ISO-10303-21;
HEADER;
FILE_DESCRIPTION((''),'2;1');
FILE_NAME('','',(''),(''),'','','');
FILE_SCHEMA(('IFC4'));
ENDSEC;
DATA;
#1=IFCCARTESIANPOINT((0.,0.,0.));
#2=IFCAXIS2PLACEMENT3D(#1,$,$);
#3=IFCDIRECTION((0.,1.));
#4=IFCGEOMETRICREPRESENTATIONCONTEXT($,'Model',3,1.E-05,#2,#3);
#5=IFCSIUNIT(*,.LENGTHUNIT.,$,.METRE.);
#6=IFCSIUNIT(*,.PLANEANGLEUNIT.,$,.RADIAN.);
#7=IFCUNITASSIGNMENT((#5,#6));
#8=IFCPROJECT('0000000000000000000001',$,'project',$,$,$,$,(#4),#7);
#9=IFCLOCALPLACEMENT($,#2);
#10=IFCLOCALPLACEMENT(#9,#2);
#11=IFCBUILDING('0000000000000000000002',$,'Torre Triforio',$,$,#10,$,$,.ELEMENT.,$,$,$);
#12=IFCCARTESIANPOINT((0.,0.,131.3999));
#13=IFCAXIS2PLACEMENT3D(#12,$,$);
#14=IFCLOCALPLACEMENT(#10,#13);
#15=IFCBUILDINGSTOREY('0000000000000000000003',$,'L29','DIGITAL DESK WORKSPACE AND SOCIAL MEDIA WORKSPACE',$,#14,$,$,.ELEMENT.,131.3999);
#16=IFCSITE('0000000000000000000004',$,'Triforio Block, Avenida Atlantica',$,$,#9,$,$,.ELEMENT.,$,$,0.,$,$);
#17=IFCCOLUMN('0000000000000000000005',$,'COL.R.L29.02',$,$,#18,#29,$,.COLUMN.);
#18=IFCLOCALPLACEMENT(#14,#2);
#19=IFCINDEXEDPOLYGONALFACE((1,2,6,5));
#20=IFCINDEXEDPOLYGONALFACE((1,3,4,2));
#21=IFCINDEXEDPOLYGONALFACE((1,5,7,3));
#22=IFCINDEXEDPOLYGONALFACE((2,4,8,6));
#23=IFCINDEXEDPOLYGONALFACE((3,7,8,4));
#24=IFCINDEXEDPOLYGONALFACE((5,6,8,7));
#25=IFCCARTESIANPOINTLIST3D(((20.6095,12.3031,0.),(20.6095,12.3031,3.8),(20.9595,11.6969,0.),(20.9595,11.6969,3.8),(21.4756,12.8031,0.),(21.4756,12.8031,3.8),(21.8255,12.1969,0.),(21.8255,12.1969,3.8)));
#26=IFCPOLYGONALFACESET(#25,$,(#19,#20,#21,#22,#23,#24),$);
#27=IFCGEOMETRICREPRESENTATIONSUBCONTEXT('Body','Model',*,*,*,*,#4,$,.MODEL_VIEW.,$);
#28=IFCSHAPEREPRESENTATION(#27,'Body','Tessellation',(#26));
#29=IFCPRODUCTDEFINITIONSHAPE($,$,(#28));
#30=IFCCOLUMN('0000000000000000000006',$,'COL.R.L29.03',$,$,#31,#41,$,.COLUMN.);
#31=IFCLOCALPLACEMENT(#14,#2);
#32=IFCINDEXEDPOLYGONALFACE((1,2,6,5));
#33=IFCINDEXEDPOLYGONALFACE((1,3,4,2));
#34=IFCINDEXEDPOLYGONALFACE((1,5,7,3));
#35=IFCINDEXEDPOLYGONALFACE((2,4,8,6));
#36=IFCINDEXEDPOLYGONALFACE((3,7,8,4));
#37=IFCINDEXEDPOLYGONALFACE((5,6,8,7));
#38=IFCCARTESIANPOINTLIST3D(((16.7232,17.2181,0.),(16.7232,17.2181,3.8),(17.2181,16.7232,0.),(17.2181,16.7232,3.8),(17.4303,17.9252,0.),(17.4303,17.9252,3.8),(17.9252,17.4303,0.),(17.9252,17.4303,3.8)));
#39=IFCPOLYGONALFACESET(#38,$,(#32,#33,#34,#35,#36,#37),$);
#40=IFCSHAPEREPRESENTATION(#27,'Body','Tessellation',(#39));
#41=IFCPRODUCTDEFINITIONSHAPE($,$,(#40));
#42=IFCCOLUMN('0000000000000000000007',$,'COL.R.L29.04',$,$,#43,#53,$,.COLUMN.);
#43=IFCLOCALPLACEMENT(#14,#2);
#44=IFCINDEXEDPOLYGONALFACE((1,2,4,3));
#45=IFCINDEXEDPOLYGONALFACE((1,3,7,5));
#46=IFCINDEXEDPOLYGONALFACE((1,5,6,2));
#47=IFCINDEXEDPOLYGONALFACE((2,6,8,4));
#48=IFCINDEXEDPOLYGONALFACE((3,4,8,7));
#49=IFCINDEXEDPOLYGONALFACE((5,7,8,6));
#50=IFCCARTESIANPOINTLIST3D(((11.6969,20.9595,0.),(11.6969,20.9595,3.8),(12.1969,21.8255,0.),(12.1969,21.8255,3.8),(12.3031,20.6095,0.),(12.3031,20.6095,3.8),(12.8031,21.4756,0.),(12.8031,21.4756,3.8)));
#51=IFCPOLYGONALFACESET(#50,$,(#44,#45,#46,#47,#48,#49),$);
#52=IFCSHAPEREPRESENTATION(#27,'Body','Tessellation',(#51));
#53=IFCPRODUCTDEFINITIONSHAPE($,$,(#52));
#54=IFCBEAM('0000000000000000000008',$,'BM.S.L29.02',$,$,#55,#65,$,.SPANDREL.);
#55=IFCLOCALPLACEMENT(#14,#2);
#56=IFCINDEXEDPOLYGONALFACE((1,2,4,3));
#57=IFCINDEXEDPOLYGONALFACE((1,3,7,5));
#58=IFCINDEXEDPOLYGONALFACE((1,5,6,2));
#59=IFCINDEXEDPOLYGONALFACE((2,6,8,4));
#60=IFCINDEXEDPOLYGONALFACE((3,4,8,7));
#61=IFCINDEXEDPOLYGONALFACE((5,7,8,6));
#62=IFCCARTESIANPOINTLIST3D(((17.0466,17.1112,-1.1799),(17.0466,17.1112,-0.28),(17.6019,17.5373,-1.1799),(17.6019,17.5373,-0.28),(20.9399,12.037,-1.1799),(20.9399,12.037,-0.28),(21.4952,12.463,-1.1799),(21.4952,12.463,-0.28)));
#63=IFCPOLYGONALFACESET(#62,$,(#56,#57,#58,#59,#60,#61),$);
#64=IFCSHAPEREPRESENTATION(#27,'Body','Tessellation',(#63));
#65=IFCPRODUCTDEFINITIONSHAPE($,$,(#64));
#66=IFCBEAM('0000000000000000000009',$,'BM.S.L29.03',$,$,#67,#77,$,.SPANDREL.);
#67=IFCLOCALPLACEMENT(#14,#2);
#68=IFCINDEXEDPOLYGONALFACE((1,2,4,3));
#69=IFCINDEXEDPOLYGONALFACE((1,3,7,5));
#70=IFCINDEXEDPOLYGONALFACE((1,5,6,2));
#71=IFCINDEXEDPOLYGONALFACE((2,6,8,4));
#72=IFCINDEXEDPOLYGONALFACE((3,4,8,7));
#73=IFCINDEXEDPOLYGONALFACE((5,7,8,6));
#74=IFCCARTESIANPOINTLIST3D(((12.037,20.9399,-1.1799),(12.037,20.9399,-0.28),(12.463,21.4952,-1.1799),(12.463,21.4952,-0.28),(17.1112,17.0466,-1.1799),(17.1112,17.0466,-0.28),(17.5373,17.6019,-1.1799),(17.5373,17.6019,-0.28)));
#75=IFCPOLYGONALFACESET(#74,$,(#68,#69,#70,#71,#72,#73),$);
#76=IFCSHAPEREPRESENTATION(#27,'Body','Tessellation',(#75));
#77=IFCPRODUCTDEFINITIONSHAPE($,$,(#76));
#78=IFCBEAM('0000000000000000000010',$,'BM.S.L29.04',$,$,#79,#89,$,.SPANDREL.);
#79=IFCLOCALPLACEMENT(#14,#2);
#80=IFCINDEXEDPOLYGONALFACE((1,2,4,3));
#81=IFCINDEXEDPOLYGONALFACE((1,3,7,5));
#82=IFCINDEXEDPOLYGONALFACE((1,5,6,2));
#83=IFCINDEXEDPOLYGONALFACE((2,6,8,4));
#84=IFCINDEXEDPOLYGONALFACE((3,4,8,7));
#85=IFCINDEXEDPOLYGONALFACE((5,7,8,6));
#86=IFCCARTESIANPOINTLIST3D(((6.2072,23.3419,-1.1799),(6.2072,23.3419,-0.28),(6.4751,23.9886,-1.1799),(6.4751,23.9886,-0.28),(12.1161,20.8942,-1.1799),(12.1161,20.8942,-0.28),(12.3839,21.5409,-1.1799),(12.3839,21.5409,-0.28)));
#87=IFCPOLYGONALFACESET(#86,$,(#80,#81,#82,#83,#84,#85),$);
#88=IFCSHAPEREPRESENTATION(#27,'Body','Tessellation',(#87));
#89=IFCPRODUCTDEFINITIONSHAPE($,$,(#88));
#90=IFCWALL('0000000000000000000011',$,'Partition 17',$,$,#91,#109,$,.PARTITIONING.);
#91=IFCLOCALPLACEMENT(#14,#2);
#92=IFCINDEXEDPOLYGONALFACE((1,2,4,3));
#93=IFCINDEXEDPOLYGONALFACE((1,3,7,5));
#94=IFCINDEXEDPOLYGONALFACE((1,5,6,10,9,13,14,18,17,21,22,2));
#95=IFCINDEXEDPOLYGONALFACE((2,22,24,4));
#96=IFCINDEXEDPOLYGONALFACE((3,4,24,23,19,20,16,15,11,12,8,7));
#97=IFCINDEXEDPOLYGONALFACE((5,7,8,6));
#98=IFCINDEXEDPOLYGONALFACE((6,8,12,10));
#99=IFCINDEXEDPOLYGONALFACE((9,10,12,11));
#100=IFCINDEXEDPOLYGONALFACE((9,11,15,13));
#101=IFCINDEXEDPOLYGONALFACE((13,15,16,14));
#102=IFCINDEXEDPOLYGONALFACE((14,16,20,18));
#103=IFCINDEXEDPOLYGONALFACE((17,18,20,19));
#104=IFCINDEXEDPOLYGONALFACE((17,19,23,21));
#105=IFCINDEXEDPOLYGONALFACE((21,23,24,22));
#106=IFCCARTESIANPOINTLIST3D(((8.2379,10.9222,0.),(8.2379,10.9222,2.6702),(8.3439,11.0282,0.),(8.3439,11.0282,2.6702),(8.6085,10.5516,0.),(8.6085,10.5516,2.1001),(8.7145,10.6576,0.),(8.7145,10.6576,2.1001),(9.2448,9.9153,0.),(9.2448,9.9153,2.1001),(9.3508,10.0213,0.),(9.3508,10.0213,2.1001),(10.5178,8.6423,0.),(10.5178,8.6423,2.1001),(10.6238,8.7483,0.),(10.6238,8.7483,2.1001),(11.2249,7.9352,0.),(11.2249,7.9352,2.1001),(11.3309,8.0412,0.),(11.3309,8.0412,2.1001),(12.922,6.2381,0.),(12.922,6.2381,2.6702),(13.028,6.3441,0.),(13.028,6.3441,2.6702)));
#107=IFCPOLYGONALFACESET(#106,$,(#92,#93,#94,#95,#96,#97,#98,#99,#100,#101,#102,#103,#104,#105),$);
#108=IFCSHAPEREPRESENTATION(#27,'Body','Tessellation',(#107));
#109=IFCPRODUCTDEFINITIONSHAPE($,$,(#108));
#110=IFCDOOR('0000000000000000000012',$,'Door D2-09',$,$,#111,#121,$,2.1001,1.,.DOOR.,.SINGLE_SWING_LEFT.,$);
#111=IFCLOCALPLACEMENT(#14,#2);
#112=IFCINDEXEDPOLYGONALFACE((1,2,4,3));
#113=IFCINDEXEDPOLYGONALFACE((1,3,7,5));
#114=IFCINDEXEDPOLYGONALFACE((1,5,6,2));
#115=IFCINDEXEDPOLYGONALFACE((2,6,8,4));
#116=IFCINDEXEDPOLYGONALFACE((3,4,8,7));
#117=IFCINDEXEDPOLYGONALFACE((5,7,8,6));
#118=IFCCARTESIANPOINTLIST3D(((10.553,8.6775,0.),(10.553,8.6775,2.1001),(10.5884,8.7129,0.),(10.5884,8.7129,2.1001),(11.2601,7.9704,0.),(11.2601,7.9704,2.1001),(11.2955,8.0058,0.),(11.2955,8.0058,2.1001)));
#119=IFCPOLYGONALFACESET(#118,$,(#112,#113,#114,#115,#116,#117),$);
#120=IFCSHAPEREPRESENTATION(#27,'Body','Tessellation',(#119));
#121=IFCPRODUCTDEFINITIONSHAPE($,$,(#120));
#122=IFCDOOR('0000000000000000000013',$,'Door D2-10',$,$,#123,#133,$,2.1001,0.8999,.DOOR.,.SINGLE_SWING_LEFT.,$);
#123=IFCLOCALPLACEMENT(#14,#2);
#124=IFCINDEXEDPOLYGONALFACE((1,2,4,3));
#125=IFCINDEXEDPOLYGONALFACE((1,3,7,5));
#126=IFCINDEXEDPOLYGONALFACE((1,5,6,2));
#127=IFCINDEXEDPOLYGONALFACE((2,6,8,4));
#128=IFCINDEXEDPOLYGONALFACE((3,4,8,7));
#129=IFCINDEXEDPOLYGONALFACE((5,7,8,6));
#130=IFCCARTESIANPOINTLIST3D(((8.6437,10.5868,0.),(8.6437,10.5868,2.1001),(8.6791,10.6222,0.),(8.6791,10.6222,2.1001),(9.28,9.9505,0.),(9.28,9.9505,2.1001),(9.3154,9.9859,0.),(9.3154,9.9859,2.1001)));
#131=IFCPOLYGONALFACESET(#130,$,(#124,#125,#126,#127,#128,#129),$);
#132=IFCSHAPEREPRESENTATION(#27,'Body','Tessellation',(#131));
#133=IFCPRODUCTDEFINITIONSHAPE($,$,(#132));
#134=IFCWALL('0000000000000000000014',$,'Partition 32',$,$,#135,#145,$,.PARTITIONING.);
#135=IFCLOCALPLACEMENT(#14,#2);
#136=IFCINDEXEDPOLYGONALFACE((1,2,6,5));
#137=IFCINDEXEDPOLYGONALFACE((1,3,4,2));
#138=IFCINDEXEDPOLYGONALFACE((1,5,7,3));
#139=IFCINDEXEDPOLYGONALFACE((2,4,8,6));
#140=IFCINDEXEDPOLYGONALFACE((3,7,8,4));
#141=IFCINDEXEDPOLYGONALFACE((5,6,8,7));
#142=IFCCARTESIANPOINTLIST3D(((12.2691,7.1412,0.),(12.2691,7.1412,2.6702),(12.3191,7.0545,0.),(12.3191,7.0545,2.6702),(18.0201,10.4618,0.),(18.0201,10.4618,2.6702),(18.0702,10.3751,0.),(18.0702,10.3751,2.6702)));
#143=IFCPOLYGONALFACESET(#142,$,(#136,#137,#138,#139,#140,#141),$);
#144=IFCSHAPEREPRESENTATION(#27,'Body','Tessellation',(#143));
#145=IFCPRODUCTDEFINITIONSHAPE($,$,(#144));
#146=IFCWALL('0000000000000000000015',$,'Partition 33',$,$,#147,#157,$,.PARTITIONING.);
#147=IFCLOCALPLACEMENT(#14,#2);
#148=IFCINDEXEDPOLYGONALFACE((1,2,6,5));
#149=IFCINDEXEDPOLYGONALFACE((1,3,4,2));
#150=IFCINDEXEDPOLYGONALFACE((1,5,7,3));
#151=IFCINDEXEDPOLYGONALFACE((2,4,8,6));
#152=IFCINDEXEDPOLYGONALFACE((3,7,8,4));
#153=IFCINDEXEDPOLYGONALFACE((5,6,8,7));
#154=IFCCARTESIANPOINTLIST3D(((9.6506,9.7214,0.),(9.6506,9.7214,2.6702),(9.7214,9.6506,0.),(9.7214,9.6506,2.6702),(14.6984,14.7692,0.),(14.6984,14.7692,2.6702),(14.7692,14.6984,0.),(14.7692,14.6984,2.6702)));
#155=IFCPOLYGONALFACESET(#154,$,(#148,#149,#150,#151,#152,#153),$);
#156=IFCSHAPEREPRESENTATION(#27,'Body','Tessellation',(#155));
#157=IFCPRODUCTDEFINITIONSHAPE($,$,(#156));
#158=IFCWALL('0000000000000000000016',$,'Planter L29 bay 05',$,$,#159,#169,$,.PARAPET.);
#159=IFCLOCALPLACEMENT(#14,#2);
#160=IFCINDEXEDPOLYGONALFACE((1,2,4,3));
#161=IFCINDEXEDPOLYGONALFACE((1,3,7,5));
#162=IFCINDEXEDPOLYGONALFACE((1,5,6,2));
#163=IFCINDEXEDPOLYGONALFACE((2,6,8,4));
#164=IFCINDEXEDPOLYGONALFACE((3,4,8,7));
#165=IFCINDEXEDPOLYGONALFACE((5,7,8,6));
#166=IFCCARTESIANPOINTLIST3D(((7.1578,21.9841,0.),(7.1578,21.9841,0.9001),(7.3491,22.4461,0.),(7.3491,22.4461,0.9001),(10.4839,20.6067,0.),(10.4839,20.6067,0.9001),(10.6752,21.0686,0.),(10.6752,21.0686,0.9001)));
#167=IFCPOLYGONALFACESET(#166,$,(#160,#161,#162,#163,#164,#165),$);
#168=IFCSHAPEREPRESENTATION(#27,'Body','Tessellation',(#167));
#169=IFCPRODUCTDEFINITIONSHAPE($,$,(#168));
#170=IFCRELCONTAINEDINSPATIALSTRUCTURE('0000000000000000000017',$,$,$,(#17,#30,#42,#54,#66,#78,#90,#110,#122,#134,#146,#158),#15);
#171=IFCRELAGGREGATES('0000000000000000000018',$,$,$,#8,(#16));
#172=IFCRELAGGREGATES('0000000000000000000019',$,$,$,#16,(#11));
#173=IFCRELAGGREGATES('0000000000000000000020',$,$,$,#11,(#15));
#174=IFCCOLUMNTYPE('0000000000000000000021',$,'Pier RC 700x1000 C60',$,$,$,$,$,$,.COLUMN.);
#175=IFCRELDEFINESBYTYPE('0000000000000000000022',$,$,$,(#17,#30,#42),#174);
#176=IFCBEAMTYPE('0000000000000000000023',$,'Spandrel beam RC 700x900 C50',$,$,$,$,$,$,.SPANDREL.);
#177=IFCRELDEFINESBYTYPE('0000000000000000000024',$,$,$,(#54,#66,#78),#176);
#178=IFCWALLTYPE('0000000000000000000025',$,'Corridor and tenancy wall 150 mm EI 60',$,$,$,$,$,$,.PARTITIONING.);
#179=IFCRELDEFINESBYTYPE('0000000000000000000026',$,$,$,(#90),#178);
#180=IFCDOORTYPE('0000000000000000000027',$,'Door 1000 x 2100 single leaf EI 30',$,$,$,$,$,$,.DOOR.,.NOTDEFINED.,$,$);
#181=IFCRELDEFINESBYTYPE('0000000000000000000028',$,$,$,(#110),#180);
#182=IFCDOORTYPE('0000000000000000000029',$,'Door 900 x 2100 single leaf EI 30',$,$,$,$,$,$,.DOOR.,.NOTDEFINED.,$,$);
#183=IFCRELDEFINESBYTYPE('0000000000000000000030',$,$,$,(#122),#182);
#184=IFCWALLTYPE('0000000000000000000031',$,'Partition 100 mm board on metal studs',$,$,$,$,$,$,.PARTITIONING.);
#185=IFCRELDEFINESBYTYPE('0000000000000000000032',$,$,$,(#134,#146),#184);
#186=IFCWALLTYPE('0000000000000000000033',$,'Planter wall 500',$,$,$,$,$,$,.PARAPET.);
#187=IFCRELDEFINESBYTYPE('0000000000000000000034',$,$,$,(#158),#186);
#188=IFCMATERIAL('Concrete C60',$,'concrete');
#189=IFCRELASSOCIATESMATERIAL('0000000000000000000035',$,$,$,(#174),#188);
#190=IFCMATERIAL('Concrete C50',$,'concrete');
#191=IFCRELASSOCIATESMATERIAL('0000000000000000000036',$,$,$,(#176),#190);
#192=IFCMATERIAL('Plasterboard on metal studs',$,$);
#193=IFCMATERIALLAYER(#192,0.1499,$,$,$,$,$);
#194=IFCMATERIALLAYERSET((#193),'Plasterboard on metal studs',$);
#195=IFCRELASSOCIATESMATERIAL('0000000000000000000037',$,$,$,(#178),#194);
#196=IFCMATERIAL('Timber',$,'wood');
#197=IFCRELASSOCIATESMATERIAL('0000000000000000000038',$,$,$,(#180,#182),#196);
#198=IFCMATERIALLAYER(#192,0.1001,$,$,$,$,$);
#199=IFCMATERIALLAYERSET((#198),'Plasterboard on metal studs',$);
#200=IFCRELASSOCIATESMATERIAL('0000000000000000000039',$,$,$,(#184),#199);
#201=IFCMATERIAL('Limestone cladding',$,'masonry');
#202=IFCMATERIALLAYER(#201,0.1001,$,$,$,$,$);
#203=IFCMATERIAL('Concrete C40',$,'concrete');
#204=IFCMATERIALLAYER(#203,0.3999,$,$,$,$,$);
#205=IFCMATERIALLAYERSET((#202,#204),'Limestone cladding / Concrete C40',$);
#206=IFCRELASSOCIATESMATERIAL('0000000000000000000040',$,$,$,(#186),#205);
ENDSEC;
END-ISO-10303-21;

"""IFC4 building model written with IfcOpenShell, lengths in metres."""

from ifc_helpers import new_model, si_unit, direction, frame, frame_2d, origin, origin_2d, place, context, subcontext, project, spatial, rectangle, extrude, material, layer, layer_set, material_profile, profile_set, type_object, element, fill, save


model = new_model("IFC4")

# Units and contexts
model_context = context("Model", 3, precision=1e-05, world=origin(), true_north=direction((0.0, 1.0)))
body_context = subcontext(model_context, "Body", "Model", "MODEL_VIEW")
ifc_project = project(units=[si_unit("LENGTHUNIT", "METRE"), si_unit("PLANEANGLEUNIT", "RADIAN")], contexts=[model_context])

# Site, building, storey
site_placement = place(None, origin())
site = spatial("IfcSite", under=ifc_project, at=site_placement, Name="Triforio Block, Avenida Atlantica", CompositionType="ELEMENT", RefElevation=0.0)
building_placement = place(site_placement, origin())
building = spatial("IfcBuilding", under=site, at=building_placement, Name="Torre Triforio", CompositionType="ELEMENT")
storey_placement = place(building_placement, frame((0.0, 0.0, 131.3999)))
storey = spatial("IfcBuildingStorey", under=building, at=storey_placement, Name="L29", Description="DIGITAL DESK WORKSPACE AND SOCIAL MEDIA WORKSPACE", CompositionType="ELEMENT", Elevation=131.3999)

# Columns
ifc_material_1 = material(Name="Concrete C60", Category="concrete")
ifc_material_profile_1 = material_profile(ifc_material_1, rectangle(XDim=0.7, YDim=1.0, at=origin_2d()), Name="RC 700x1000")
ifc_profile_set_1 = profile_set([ifc_material_profile_1], Name="Concrete C60")
column_type = type_object("IfcColumnType", Name="Pier RC 700x1000 C60", PredefinedType="COLUMN", material=ifc_profile_set_1)
for number, where, z_axis, x_axis, name in (
    (1, (21.2175, 12.25, 0.0), (0.0, 0.0, 1.0), (-0.5, 0.866025, 0.0), "COL.R.L29.02"),
    (2, (17.3242, 17.3242, 0.0), (0.0, 0.0, 1.0), (-0.707107, 0.707107, 0.0), "COL.R.L29.03"),
    (3, (12.25, 21.2175, 0.0), (0.0, 0.0, 1.0), (-0.866025, 0.5, 0.0), "COL.R.L29.04"),
):
    element("IfcColumn", number, at=place(storey_placement, frame(where, z_axis=z_axis, x_axis=x_axis)), inside=storey, type_object=column_type, Name=name, PredefinedType="COLUMN", context=body_context, shape_type="SweptSolid", body=[
        extrude(rectangle(XDim=0.7, YDim=1.0, at=origin_2d()), origin(), (0.0, 0.0, 1.0), 3.8),
    ])

# Beams
ifc_material_2 = material(Name="Concrete C50", Category="concrete")
ifc_material_profile_2 = material_profile(ifc_material_2, rectangle(XDim=0.7, YDim=0.8999, at=origin_2d()), Name="RC 700x900")
ifc_profile_set_2 = profile_set([ifc_material_profile_2], Name="Concrete C50")
beam_type = type_object("IfcBeamType", Name="Spandrel beam RC 700x900 C50", PredefinedType="SPANDREL", material=ifc_profile_set_2)
for number, where, z_axis, x_axis, name in (
    (4, (21.2175, 12.25, -0.73), (-0.608734, 0.793374, 0.0), (-0.793374, -0.608734, 0.0), "BM.S.L29.02"),
    (5, (17.3242, 17.3242, -0.73), (-0.793374, 0.608734, 0.0), (-0.608734, -0.793374, 0.0), "BM.S.L29.03"),
    (6, (12.25, 21.2175, -0.73), (-0.923869, 0.382709, 0.0), (-0.382709, -0.923869, 0.0), "BM.S.L29.04"),
):
    element("IfcBeam", number, at=place(storey_placement, frame(where, z_axis=z_axis, x_axis=x_axis)), inside=storey, type_object=beam_type, Name=name, PredefinedType="SPANDREL", context=body_context, shape_type="SweptSolid", body=[
        extrude(rectangle(XDim=0.7, YDim=0.8999, at=origin_2d()), origin(), (0.0, 0.0, 1.0), 6.3958),
    ])

# Wall, openings, doors
ifc_material_3 = material(Name="Plasterboard on metal studs")
ifc_layer_1 = layer(ifc_material_3, 0.1499)
ifc_layer_set_1 = layer_set([ifc_layer_1], Name="Plasterboard on metal studs")
wall_type_1 = type_object("IfcWallType", Name="Corridor and tenancy wall 150 mm EI 60", PredefinedType="PARTITIONING", material=ifc_layer_set_1)
wall_1_placement = place(storey_placement, frame((8.291, 10.9751, 0.0), z_axis=(0.0, 0.0, 1.0), x_axis=(0.707107, -0.707107, 0.0)))
wall_1 = element("IfcWall", 7, at=wall_1_placement, inside=storey, type_object=wall_type_1, Name="Partition 17", PredefinedType="PARTITIONING", context=body_context, shape_type="SweptSolid", body=[
    extrude(rectangle(XDim=6.6243, YDim=0.1499, at=frame_2d((3.312, 0.0))), origin(), (0.0, 0.0, 1.0), 2.6702),
])
opening_1_placement = place(wall_1_placement, frame((3.2241, 0.0, 0.0)))
opening_1 = element("IfcOpeningElement", 8, at=opening_1_placement, cuts=wall_1, PredefinedType="OPENING", context=body_context, shape_type="SweptSolid", body=[
    extrude(rectangle(XDim=1.0, YDim=2.1001, at=frame_2d((0.5, 1.05))), frame((0.0, 0.085, 0.0), z_axis=(0.0, -1.0, 0.0), x_axis=(1.0, 0.0, 0.0)), (0.0, 0.0, 1.0), 0.1699),
])
opening_2_placement = place(wall_1_placement, frame((0.5239, 0.0, 0.0)))
opening_2 = element("IfcOpeningElement", 9, at=opening_2_placement, cuts=wall_1, PredefinedType="OPENING", context=body_context, shape_type="SweptSolid", body=[
    extrude(rectangle(XDim=0.8999, YDim=2.1001, at=frame_2d((0.45, 1.05))), frame((0.0, 0.085, 0.0), z_axis=(0.0, -1.0, 0.0), x_axis=(1.0, 0.0, 0.0)), (0.0, 0.0, 1.0), 0.1699),
])
ifc_material_4 = material(Name="Timber", Category="wood")
door_type_1 = type_object("IfcDoorType", Name="Door 1000 x 2100 single leaf EI 30", OperationType="NOTDEFINED", PredefinedType="DOOR", material=ifc_material_4)
door_1_placement = place(opening_1_placement, origin())
door_1 = element("IfcDoor", 10, at=door_1_placement, inside=storey, type_object=door_type_1, Name="Door D2-09", OperationType="SINGLE_SWING_LEFT", OverallHeight=2.1001, OverallWidth=1.0, PredefinedType="DOOR", context=body_context, shape_type="SweptSolid", body=[
    extrude(rectangle(XDim=1.0, YDim=2.1001, at=frame_2d((0.5, 1.05))), frame((0.0, 0.0249, 0.0), z_axis=(0.0, -1.0, 0.0), x_axis=(1.0, 0.0, 0.0)), (0.0, 0.0, 1.0), 0.05),
])
fill(opening_1, door_1)
door_type_2 = type_object("IfcDoorType", Name="Door 900 x 2100 single leaf EI 30", OperationType="NOTDEFINED", PredefinedType="DOOR", material=ifc_material_4)
door_2_placement = place(opening_2_placement, origin())
door_2 = element("IfcDoor", 11, at=door_2_placement, inside=storey, type_object=door_type_2, Name="Door D2-10", OperationType="SINGLE_SWING_LEFT", OverallHeight=2.1001, OverallWidth=0.8999, PredefinedType="DOOR", context=body_context, shape_type="SweptSolid", body=[
    extrude(rectangle(XDim=0.8999, YDim=2.1001, at=frame_2d((0.45, 1.05))), frame((0.0, 0.0249, 0.0), z_axis=(0.0, -1.0, 0.0), x_axis=(1.0, 0.0, 0.0)), (0.0, 0.0, 1.0), 0.05),
])
fill(opening_2, door_2)

# Walls
ifc_layer_2 = layer(ifc_material_3, 0.1001)
ifc_layer_set_2 = layer_set([ifc_layer_2], Name="Plasterboard on metal studs")
wall_type_2 = type_object("IfcWallType", Name="Partition 100 mm board on metal studs", PredefinedType="PARTITIONING", material=ifc_layer_set_2)
wall_2_placement = place(storey_placement, frame((12.2942, 7.0979, 0.0), z_axis=(0.0, 0.0, 1.0), x_axis=(0.86601, 0.500026, 0.0)))
element("IfcWall", 12, at=wall_2_placement, inside=storey, type_object=wall_type_2, Name="Partition 32", PredefinedType="PARTITIONING", context=body_context, shape_type="SweptSolid", body=[
    extrude(rectangle(XDim=6.6409, YDim=0.1001, at=frame_2d((3.3203, 0.0))), origin(), (0.0, 0.0, 1.0), 2.6702),
])
wall_3_placement = place(storey_placement, frame((9.686, 9.686, 0.0), z_axis=(0.0, 0.0, 1.0), x_axis=(0.707107, 0.707107, 0.0)))
element("IfcWall", 13, at=wall_3_placement, inside=storey, type_object=wall_type_2, Name="Partition 33", PredefinedType="PARTITIONING", context=body_context, shape_type="SweptSolid", body=[
    extrude(rectangle(XDim=7.1387, YDim=0.1001, at=frame_2d((3.5693, 0.0))), origin(), (0.0, 0.0, 1.0), 2.6702),
])
ifc_material_5 = material(Name="Limestone cladding", Category="masonry")
ifc_layer_3 = layer(ifc_material_5, 0.1001)
ifc_material_6 = material(Name="Concrete C40", Category="concrete")
ifc_layer_4 = layer(ifc_material_6, 0.3999)
ifc_layer_set_3 = layer_set([ifc_layer_3, ifc_layer_4], Name="Limestone cladding / Concrete C40")
wall_type_3 = type_object("IfcWallType", Name="Planter wall 500", PredefinedType="PARAPET", material=ifc_layer_set_3)
wall_4_placement = place(storey_placement, frame((10.5796, 20.8376, 0.0), z_axis=(0.0, 0.0, 1.0), x_axis=(-0.923909, 0.382611, 0.0)))
element("IfcWall", 14, at=wall_4_placement, inside=storey, type_object=wall_type_3, Name="Planter L29 bay 05", PredefinedType="PARAPET", context=body_context, shape_type="SweptSolid", body=[
    extrude(rectangle(XDim=3.6001, YDim=0.5, at=frame_2d((1.8, 0.0))), origin(), (0.0, 0.0, 1.0), 0.9001),
])

save(model, "model.ifc")
